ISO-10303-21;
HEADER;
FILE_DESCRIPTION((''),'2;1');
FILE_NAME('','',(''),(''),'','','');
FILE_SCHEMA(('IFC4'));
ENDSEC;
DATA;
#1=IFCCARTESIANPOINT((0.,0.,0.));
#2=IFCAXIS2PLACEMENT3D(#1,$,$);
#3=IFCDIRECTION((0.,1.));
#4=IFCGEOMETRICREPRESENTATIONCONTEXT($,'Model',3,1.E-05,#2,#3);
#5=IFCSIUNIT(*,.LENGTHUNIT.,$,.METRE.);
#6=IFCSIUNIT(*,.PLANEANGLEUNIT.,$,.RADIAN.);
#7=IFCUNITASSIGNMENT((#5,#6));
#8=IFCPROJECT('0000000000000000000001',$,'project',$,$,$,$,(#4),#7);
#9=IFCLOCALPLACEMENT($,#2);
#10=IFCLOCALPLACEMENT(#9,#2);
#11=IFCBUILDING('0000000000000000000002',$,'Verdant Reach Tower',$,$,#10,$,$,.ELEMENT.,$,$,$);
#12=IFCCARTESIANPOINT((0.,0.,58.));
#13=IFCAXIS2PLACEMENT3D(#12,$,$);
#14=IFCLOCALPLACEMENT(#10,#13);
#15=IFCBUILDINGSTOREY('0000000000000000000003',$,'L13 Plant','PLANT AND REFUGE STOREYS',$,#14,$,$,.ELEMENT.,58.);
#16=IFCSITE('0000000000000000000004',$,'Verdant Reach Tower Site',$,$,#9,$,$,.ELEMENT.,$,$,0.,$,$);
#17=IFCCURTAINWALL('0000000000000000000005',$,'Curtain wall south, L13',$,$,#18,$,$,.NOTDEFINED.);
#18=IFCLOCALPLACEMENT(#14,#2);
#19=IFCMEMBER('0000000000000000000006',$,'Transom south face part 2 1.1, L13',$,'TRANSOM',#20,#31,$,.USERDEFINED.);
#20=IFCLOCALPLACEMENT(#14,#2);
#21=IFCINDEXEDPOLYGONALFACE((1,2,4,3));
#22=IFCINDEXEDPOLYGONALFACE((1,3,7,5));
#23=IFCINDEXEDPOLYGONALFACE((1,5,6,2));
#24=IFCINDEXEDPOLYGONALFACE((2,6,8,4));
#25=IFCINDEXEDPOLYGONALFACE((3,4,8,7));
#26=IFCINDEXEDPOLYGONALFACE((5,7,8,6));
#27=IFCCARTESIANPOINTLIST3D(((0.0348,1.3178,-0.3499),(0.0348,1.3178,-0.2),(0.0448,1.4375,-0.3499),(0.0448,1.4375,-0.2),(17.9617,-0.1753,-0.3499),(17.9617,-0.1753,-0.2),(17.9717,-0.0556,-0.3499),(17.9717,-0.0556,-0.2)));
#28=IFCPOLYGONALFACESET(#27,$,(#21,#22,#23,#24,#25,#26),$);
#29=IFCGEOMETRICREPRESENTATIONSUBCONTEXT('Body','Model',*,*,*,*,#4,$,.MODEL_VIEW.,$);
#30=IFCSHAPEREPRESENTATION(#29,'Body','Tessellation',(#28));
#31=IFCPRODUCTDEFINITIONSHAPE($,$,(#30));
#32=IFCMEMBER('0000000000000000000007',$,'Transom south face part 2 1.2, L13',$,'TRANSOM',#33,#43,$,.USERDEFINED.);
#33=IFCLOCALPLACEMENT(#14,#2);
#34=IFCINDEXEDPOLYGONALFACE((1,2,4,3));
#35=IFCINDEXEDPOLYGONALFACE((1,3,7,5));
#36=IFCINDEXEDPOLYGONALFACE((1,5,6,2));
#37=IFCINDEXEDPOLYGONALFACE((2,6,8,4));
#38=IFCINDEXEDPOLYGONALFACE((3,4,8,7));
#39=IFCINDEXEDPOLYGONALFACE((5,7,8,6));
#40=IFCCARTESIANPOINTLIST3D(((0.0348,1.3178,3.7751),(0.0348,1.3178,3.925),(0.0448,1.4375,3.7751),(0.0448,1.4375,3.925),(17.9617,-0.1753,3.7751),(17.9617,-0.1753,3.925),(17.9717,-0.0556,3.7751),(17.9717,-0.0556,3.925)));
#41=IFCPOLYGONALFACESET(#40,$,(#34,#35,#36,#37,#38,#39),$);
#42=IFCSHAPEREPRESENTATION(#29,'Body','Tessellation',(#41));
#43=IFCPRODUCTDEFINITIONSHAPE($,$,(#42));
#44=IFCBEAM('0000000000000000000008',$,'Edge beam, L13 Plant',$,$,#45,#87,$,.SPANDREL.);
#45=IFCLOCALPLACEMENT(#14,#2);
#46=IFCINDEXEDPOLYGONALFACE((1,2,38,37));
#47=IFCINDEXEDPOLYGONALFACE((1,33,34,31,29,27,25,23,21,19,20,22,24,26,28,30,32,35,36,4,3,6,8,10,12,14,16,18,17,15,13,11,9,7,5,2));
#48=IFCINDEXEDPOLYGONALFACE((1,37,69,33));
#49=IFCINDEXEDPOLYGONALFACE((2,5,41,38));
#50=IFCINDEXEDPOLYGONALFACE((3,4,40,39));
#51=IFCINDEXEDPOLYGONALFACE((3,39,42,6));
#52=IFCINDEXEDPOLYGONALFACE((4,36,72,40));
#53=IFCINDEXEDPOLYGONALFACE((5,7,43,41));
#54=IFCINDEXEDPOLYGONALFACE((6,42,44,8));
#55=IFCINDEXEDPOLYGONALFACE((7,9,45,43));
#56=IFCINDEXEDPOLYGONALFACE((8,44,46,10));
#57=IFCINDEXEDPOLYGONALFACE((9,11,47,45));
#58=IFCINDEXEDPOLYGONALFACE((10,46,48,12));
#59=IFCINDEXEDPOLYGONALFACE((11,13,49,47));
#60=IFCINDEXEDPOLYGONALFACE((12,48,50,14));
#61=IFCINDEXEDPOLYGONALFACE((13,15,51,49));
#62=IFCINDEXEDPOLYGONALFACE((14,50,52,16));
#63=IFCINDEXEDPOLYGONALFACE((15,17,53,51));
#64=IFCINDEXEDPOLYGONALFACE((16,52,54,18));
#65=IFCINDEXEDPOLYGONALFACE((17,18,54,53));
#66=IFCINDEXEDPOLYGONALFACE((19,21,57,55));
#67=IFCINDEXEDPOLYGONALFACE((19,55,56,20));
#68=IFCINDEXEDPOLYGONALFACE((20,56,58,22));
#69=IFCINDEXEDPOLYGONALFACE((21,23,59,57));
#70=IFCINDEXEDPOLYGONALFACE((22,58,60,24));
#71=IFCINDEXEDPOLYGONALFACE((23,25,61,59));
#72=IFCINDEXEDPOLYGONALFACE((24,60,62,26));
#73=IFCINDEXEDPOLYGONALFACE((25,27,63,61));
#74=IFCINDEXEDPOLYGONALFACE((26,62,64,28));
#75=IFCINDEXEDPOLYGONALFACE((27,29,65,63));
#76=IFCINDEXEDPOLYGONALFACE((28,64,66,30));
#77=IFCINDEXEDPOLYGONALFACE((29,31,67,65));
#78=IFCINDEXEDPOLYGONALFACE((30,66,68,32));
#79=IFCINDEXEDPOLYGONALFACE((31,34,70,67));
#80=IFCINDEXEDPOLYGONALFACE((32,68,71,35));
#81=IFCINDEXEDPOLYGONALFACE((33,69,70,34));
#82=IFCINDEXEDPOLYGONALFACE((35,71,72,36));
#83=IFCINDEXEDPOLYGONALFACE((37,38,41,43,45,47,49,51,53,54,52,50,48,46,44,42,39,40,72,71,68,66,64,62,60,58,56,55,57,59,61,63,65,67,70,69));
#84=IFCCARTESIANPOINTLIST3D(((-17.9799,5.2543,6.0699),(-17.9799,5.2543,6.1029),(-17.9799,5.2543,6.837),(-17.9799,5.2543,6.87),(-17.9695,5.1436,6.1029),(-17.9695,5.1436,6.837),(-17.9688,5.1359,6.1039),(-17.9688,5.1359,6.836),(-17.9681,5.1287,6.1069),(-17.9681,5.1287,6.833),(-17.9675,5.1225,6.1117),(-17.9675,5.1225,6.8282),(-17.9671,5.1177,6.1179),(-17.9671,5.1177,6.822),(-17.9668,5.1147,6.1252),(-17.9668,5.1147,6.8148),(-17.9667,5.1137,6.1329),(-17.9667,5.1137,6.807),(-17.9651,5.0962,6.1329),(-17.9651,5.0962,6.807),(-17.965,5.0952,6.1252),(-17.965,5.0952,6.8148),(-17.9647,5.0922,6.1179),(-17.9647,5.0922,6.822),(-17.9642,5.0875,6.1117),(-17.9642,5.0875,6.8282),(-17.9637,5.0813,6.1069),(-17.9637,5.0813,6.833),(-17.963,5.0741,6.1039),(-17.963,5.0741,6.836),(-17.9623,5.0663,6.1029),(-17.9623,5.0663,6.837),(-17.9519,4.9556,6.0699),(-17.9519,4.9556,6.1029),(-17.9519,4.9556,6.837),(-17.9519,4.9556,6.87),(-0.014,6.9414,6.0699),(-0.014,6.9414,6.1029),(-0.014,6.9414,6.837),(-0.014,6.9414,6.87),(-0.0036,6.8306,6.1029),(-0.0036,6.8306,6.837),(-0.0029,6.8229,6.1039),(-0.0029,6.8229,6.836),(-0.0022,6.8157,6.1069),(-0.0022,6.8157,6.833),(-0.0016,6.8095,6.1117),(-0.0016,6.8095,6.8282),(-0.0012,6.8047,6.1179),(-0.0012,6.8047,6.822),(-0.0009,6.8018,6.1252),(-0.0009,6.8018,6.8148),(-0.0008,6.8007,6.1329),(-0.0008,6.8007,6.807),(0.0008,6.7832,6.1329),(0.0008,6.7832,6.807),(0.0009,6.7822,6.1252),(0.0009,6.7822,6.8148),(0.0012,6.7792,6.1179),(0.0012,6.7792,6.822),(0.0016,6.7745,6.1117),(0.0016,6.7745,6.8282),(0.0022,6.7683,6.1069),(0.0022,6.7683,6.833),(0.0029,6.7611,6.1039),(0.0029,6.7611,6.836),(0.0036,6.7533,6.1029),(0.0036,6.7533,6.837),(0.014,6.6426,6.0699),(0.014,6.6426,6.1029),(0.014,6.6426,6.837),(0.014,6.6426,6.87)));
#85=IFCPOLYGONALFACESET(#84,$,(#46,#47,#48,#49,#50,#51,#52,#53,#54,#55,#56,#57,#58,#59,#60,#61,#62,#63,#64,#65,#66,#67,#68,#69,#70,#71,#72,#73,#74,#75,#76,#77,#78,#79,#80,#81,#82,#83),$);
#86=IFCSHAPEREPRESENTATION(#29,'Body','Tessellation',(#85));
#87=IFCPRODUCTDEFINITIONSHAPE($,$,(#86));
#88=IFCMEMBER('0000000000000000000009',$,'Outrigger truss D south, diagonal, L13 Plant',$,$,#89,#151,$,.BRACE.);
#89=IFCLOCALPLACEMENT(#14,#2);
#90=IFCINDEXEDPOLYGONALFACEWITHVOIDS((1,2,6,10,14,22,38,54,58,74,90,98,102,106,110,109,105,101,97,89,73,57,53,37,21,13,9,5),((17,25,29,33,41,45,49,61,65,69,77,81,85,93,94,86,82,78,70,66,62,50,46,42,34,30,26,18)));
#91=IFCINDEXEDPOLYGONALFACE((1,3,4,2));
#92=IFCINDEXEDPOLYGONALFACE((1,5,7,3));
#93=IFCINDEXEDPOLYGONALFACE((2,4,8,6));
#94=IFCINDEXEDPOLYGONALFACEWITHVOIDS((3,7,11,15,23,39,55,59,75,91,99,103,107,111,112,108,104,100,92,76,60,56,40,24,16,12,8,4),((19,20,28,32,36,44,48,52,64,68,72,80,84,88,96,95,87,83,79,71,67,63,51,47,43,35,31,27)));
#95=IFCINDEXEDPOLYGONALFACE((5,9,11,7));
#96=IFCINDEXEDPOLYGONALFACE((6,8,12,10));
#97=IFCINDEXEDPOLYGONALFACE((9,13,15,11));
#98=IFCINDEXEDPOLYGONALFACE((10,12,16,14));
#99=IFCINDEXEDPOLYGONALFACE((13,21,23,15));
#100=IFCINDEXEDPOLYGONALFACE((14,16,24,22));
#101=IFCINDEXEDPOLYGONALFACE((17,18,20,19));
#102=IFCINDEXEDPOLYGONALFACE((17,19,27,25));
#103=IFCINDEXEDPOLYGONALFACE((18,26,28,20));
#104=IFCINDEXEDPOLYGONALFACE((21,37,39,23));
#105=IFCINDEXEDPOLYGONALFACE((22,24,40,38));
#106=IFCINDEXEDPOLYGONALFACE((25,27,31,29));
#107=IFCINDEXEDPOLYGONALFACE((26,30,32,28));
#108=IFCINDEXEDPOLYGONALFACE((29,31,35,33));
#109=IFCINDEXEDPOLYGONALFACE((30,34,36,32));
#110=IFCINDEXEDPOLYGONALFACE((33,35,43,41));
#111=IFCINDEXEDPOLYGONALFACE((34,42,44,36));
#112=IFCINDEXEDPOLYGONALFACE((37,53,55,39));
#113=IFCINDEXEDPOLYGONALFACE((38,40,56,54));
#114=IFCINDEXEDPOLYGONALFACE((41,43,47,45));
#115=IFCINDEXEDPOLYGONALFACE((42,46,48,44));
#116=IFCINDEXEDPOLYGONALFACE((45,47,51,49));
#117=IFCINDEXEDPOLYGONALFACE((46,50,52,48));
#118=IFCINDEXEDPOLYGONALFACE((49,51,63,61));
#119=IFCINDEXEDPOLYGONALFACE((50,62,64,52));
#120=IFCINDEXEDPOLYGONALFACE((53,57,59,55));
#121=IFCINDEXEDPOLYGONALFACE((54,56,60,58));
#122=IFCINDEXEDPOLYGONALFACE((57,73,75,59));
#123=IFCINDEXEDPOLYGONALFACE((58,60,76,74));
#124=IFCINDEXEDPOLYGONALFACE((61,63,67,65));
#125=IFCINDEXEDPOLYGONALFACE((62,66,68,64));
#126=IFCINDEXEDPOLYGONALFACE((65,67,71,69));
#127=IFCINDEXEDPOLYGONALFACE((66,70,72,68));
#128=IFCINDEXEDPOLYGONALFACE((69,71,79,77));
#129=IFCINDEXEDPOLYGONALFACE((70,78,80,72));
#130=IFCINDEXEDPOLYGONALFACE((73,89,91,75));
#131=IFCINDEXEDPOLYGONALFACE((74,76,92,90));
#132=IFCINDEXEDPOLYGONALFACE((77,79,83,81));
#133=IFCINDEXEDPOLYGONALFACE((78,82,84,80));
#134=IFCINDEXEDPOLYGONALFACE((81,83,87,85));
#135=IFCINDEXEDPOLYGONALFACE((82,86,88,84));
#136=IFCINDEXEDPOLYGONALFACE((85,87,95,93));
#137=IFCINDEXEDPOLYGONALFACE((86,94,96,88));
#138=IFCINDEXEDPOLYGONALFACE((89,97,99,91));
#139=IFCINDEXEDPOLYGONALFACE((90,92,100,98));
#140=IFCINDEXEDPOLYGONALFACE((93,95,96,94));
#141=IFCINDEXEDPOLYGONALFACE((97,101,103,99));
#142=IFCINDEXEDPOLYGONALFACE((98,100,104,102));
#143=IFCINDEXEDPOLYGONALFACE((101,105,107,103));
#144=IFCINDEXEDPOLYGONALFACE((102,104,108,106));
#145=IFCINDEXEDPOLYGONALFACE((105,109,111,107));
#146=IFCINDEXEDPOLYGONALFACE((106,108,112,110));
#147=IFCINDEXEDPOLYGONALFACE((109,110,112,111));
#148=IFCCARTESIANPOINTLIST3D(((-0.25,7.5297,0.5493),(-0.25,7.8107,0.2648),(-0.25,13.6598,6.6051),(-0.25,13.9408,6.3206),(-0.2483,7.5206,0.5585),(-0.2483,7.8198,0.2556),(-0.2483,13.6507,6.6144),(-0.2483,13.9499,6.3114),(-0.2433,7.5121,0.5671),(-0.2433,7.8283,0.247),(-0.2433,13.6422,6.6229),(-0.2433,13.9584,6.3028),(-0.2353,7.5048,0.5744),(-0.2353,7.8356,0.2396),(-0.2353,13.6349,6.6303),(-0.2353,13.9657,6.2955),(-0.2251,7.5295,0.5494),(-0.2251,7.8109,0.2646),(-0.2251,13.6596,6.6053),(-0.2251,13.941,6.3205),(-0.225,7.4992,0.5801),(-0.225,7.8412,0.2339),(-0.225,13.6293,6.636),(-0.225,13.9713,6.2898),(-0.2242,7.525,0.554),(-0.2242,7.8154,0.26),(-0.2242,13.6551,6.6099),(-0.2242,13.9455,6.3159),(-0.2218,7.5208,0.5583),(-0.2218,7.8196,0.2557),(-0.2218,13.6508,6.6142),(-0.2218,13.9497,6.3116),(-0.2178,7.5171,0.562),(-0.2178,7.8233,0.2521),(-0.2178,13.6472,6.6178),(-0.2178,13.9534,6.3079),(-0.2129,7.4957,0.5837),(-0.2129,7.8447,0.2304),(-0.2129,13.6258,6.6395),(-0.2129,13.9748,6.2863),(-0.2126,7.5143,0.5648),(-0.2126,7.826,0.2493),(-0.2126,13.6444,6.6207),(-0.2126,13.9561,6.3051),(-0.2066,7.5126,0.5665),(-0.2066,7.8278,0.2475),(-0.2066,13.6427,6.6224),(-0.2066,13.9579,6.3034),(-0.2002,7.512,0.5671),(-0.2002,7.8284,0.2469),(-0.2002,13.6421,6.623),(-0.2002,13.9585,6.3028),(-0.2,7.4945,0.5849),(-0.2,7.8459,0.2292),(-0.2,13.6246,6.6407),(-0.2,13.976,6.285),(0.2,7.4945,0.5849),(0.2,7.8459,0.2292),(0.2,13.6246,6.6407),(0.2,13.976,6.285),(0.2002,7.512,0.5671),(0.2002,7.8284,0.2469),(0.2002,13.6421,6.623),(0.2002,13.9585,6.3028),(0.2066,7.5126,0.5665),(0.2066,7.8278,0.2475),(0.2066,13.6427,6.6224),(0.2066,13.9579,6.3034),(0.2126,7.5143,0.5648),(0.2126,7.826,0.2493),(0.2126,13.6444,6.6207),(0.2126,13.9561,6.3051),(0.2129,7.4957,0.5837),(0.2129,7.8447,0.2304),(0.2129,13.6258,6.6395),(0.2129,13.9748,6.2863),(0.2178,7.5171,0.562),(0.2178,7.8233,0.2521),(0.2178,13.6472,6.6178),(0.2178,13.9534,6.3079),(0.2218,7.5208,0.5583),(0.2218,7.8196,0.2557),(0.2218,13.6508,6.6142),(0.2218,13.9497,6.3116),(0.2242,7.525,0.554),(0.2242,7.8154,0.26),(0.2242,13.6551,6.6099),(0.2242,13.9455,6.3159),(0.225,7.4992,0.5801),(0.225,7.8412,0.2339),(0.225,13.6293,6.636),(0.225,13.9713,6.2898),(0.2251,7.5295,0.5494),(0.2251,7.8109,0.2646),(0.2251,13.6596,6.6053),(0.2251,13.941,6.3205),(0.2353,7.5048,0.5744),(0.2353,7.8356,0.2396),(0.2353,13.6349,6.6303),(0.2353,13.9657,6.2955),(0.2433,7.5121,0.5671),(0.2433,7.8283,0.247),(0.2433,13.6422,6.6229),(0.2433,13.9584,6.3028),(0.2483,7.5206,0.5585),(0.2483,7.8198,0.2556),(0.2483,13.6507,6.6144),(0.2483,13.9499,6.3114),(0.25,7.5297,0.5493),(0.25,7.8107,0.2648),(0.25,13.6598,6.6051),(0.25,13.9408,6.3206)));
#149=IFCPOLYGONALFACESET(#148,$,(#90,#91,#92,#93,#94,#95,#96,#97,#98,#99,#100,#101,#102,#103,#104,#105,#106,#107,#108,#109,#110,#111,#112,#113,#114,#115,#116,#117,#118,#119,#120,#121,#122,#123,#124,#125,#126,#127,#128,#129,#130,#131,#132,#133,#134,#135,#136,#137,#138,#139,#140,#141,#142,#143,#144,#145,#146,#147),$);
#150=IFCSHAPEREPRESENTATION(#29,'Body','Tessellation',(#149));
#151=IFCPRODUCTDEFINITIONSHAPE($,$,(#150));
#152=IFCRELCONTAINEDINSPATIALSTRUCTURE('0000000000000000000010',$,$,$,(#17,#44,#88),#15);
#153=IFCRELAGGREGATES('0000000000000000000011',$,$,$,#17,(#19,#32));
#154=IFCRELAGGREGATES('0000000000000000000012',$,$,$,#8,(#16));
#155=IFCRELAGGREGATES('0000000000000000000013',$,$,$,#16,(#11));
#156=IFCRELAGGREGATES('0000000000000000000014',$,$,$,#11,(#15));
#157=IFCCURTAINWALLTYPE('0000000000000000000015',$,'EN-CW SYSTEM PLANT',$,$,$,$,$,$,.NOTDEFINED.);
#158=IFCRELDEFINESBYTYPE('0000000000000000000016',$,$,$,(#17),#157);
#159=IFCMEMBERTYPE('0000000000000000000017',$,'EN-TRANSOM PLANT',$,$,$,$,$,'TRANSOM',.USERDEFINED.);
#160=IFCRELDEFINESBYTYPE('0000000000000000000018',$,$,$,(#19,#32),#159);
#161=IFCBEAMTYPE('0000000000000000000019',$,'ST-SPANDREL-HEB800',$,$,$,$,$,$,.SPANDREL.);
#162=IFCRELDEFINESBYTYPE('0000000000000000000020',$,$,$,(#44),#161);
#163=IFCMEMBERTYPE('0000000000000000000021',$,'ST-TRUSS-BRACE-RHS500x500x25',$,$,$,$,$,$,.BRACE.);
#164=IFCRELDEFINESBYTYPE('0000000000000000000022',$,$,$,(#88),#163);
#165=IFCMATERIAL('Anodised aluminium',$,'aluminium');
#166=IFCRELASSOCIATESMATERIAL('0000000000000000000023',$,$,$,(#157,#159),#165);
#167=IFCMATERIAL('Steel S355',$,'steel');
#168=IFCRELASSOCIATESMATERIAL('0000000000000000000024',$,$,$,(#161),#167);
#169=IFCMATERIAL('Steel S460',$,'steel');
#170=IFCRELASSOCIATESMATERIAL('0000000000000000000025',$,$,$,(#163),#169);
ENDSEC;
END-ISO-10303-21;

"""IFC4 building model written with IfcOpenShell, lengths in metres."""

from ifc_helpers import new_model, si_unit, direction, frame, origin, origin_2d, place, context, subcontext, project, spatial, rectangle, hollow_rectangle, i_section, extrude, material, material_profile, profile_set, type_object, element, aggregate, save


model = new_model("IFC4")

# Units and contexts
model_context = context("Model", 3, precision=1e-05, world=origin(), true_north=direction((0.0, 1.0)))
body_context = subcontext(model_context, "Body", "Model", "MODEL_VIEW")
ifc_project = project(units=[si_unit("LENGTHUNIT", "METRE"), si_unit("PLANEANGLEUNIT", "RADIAN")], contexts=[model_context])

# Site, building, storey
site_placement = place(None, origin())
site = spatial("IfcSite", under=ifc_project, at=site_placement, Name="Verdant Reach Tower Site", CompositionType="ELEMENT", RefElevation=0.0)
building_placement = place(site_placement, origin())
building = spatial("IfcBuilding", under=site, at=building_placement, Name="Verdant Reach Tower", CompositionType="ELEMENT")
storey_placement = place(building_placement, frame((0.0, 0.0, 58.0)))
storey = spatial("IfcBuildingStorey", under=building, at=storey_placement, Name="L13 Plant", Description="PLANT AND REFUGE STOREYS", CompositionType="ELEMENT", Elevation=58.0)

# Shared definitions
ifc_material_1 = material(Name="Steel S460", Category="steel")

# Curtain wall, members
ifc_material_2 = material(Name="Anodised aluminium", Category="aluminium")
curtain_wall_type = type_object("IfcCurtainWallType", Name="EN-CW SYSTEM PLANT", PredefinedType="NOTDEFINED", material=ifc_material_2)
curtain_wall_placement = place(storey_placement, origin())
curtain_wall = element("IfcCurtainWall", 1, at=curtain_wall_placement, inside=storey, type_object=curtain_wall_type, Name="Curtain wall south, L13", PredefinedType="NOTDEFINED")
ifc_material_profile_1 = material_profile(ifc_material_2, rectangle(XDim=0.1201, YDim=0.1499, at=origin_2d()), Name="Transom 150x120")
ifc_profile_set_1 = profile_set([ifc_material_profile_1], Name="Anodised aluminium")
member_type_1 = type_object("IfcMemberType", Name="EN-TRANSOM PLANT", ElementType="TRANSOM", PredefinedType="USERDEFINED", material=ifc_profile_set_1)
member_1_placement = place(storey_placement, frame((0.0398, 1.3777, -0.2749), z_axis=(0.996549, -0.083004, 0.0), x_axis=(0.083004, 0.996549, 0.0)))
member_1 = element("IfcMember", 2, at=member_1_placement, type_object=member_type_1, Name="Transom south face part 2 1.1, L13", ObjectType="TRANSOM", PredefinedType="USERDEFINED", context=body_context, shape_type="SweptSolid", body=[
    extrude(rectangle(XDim=0.1201, YDim=0.1499, at=origin_2d()), origin(), (0.0, 0.0, 1.0), 17.989),
])
member_2_placement = place(storey_placement, frame((0.0398, 1.3777, 3.8501), z_axis=(0.996549, -0.083004, 0.0), x_axis=(0.083004, 0.996549, 0.0)))
member_2 = element("IfcMember", 3, at=member_2_placement, type_object=member_type_1, Name="Transom south face part 2 1.2, L13", ObjectType="TRANSOM", PredefinedType="USERDEFINED", context=body_context, shape_type="SweptSolid", body=[
    extrude(rectangle(XDim=0.1201, YDim=0.1499, at=origin_2d()), origin(), (0.0, 0.0, 1.0), 17.989),
])

# Beam
ifc_material_3 = material(Name="Steel S355", Category="steel")
ifc_material_profile_2 = material_profile(ifc_material_3, i_section(OverallWidth=0.3, OverallDepth=0.8, WebThickness=0.0176, FlangeThickness=0.033, FilletRadius=0.03, at=origin_2d()), Name="HEB 800")
ifc_profile_set_2 = profile_set([ifc_material_profile_2], Name="Steel S355")
beam_type = type_object("IfcBeamType", Name="ST-SPANDREL-HEB800", PredefinedType="SPANDREL", material=ifc_profile_set_2)
beam_placement = place(storey_placement, frame((0.0, 6.792, 6.47), z_axis=(-0.99562, -0.09349, 0.0), x_axis=(0.09349, -0.99562, 0.0)))
element("IfcBeam", 4, at=beam_placement, inside=storey, type_object=beam_type, Name="Edge beam, L13 Plant", PredefinedType="SPANDREL", context=body_context, shape_type="SweptSolid", body=[
    extrude(i_section(OverallWidth=0.3, OverallDepth=0.8, WebThickness=0.0176, FlangeThickness=0.033, FilletRadius=0.03, at=origin_2d()), origin(), (0.0, 0.0, 1.0), 18.0449),
])

# Member
ifc_material_profile_3 = material_profile(ifc_material_1, hollow_rectangle(XDim=0.5, YDim=0.5, WallThickness=0.0249, InnerFilletRadius=0.0249, OuterFilletRadius=0.05, at=origin_2d()), Name="RHS 500x500x25")
ifc_profile_set_3 = profile_set([ifc_material_profile_3], Name="Steel S460")
member_type_2 = type_object("IfcMemberType", Name="ST-TRUSS-BRACE-RHS500x500x25", PredefinedType="BRACE", material=ifc_profile_set_3)
member_3_placement = place(storey_placement, frame((0.0, 13.8003, 6.4629), z_axis=(0.0, -0.7114, -0.702787), x_axis=(1.0, 0.0, 0.0)))
element("IfcMember", 5, at=member_3_placement, inside=storey, type_object=member_type_2, Name="Outrigger truss D south, diagonal, L13 Plant", PredefinedType="BRACE", context=body_context, shape_type="SweptSolid", body=[
    extrude(hollow_rectangle(XDim=0.5, YDim=0.5, WallThickness=0.0249, InnerFilletRadius=0.0249, OuterFilletRadius=0.05, at=origin_2d()), origin(), (0.0, 0.0, 1.0), 8.6169),
])

aggregate(curtain_wall, [member_1, member_2])

save(model, "model.ifc")
